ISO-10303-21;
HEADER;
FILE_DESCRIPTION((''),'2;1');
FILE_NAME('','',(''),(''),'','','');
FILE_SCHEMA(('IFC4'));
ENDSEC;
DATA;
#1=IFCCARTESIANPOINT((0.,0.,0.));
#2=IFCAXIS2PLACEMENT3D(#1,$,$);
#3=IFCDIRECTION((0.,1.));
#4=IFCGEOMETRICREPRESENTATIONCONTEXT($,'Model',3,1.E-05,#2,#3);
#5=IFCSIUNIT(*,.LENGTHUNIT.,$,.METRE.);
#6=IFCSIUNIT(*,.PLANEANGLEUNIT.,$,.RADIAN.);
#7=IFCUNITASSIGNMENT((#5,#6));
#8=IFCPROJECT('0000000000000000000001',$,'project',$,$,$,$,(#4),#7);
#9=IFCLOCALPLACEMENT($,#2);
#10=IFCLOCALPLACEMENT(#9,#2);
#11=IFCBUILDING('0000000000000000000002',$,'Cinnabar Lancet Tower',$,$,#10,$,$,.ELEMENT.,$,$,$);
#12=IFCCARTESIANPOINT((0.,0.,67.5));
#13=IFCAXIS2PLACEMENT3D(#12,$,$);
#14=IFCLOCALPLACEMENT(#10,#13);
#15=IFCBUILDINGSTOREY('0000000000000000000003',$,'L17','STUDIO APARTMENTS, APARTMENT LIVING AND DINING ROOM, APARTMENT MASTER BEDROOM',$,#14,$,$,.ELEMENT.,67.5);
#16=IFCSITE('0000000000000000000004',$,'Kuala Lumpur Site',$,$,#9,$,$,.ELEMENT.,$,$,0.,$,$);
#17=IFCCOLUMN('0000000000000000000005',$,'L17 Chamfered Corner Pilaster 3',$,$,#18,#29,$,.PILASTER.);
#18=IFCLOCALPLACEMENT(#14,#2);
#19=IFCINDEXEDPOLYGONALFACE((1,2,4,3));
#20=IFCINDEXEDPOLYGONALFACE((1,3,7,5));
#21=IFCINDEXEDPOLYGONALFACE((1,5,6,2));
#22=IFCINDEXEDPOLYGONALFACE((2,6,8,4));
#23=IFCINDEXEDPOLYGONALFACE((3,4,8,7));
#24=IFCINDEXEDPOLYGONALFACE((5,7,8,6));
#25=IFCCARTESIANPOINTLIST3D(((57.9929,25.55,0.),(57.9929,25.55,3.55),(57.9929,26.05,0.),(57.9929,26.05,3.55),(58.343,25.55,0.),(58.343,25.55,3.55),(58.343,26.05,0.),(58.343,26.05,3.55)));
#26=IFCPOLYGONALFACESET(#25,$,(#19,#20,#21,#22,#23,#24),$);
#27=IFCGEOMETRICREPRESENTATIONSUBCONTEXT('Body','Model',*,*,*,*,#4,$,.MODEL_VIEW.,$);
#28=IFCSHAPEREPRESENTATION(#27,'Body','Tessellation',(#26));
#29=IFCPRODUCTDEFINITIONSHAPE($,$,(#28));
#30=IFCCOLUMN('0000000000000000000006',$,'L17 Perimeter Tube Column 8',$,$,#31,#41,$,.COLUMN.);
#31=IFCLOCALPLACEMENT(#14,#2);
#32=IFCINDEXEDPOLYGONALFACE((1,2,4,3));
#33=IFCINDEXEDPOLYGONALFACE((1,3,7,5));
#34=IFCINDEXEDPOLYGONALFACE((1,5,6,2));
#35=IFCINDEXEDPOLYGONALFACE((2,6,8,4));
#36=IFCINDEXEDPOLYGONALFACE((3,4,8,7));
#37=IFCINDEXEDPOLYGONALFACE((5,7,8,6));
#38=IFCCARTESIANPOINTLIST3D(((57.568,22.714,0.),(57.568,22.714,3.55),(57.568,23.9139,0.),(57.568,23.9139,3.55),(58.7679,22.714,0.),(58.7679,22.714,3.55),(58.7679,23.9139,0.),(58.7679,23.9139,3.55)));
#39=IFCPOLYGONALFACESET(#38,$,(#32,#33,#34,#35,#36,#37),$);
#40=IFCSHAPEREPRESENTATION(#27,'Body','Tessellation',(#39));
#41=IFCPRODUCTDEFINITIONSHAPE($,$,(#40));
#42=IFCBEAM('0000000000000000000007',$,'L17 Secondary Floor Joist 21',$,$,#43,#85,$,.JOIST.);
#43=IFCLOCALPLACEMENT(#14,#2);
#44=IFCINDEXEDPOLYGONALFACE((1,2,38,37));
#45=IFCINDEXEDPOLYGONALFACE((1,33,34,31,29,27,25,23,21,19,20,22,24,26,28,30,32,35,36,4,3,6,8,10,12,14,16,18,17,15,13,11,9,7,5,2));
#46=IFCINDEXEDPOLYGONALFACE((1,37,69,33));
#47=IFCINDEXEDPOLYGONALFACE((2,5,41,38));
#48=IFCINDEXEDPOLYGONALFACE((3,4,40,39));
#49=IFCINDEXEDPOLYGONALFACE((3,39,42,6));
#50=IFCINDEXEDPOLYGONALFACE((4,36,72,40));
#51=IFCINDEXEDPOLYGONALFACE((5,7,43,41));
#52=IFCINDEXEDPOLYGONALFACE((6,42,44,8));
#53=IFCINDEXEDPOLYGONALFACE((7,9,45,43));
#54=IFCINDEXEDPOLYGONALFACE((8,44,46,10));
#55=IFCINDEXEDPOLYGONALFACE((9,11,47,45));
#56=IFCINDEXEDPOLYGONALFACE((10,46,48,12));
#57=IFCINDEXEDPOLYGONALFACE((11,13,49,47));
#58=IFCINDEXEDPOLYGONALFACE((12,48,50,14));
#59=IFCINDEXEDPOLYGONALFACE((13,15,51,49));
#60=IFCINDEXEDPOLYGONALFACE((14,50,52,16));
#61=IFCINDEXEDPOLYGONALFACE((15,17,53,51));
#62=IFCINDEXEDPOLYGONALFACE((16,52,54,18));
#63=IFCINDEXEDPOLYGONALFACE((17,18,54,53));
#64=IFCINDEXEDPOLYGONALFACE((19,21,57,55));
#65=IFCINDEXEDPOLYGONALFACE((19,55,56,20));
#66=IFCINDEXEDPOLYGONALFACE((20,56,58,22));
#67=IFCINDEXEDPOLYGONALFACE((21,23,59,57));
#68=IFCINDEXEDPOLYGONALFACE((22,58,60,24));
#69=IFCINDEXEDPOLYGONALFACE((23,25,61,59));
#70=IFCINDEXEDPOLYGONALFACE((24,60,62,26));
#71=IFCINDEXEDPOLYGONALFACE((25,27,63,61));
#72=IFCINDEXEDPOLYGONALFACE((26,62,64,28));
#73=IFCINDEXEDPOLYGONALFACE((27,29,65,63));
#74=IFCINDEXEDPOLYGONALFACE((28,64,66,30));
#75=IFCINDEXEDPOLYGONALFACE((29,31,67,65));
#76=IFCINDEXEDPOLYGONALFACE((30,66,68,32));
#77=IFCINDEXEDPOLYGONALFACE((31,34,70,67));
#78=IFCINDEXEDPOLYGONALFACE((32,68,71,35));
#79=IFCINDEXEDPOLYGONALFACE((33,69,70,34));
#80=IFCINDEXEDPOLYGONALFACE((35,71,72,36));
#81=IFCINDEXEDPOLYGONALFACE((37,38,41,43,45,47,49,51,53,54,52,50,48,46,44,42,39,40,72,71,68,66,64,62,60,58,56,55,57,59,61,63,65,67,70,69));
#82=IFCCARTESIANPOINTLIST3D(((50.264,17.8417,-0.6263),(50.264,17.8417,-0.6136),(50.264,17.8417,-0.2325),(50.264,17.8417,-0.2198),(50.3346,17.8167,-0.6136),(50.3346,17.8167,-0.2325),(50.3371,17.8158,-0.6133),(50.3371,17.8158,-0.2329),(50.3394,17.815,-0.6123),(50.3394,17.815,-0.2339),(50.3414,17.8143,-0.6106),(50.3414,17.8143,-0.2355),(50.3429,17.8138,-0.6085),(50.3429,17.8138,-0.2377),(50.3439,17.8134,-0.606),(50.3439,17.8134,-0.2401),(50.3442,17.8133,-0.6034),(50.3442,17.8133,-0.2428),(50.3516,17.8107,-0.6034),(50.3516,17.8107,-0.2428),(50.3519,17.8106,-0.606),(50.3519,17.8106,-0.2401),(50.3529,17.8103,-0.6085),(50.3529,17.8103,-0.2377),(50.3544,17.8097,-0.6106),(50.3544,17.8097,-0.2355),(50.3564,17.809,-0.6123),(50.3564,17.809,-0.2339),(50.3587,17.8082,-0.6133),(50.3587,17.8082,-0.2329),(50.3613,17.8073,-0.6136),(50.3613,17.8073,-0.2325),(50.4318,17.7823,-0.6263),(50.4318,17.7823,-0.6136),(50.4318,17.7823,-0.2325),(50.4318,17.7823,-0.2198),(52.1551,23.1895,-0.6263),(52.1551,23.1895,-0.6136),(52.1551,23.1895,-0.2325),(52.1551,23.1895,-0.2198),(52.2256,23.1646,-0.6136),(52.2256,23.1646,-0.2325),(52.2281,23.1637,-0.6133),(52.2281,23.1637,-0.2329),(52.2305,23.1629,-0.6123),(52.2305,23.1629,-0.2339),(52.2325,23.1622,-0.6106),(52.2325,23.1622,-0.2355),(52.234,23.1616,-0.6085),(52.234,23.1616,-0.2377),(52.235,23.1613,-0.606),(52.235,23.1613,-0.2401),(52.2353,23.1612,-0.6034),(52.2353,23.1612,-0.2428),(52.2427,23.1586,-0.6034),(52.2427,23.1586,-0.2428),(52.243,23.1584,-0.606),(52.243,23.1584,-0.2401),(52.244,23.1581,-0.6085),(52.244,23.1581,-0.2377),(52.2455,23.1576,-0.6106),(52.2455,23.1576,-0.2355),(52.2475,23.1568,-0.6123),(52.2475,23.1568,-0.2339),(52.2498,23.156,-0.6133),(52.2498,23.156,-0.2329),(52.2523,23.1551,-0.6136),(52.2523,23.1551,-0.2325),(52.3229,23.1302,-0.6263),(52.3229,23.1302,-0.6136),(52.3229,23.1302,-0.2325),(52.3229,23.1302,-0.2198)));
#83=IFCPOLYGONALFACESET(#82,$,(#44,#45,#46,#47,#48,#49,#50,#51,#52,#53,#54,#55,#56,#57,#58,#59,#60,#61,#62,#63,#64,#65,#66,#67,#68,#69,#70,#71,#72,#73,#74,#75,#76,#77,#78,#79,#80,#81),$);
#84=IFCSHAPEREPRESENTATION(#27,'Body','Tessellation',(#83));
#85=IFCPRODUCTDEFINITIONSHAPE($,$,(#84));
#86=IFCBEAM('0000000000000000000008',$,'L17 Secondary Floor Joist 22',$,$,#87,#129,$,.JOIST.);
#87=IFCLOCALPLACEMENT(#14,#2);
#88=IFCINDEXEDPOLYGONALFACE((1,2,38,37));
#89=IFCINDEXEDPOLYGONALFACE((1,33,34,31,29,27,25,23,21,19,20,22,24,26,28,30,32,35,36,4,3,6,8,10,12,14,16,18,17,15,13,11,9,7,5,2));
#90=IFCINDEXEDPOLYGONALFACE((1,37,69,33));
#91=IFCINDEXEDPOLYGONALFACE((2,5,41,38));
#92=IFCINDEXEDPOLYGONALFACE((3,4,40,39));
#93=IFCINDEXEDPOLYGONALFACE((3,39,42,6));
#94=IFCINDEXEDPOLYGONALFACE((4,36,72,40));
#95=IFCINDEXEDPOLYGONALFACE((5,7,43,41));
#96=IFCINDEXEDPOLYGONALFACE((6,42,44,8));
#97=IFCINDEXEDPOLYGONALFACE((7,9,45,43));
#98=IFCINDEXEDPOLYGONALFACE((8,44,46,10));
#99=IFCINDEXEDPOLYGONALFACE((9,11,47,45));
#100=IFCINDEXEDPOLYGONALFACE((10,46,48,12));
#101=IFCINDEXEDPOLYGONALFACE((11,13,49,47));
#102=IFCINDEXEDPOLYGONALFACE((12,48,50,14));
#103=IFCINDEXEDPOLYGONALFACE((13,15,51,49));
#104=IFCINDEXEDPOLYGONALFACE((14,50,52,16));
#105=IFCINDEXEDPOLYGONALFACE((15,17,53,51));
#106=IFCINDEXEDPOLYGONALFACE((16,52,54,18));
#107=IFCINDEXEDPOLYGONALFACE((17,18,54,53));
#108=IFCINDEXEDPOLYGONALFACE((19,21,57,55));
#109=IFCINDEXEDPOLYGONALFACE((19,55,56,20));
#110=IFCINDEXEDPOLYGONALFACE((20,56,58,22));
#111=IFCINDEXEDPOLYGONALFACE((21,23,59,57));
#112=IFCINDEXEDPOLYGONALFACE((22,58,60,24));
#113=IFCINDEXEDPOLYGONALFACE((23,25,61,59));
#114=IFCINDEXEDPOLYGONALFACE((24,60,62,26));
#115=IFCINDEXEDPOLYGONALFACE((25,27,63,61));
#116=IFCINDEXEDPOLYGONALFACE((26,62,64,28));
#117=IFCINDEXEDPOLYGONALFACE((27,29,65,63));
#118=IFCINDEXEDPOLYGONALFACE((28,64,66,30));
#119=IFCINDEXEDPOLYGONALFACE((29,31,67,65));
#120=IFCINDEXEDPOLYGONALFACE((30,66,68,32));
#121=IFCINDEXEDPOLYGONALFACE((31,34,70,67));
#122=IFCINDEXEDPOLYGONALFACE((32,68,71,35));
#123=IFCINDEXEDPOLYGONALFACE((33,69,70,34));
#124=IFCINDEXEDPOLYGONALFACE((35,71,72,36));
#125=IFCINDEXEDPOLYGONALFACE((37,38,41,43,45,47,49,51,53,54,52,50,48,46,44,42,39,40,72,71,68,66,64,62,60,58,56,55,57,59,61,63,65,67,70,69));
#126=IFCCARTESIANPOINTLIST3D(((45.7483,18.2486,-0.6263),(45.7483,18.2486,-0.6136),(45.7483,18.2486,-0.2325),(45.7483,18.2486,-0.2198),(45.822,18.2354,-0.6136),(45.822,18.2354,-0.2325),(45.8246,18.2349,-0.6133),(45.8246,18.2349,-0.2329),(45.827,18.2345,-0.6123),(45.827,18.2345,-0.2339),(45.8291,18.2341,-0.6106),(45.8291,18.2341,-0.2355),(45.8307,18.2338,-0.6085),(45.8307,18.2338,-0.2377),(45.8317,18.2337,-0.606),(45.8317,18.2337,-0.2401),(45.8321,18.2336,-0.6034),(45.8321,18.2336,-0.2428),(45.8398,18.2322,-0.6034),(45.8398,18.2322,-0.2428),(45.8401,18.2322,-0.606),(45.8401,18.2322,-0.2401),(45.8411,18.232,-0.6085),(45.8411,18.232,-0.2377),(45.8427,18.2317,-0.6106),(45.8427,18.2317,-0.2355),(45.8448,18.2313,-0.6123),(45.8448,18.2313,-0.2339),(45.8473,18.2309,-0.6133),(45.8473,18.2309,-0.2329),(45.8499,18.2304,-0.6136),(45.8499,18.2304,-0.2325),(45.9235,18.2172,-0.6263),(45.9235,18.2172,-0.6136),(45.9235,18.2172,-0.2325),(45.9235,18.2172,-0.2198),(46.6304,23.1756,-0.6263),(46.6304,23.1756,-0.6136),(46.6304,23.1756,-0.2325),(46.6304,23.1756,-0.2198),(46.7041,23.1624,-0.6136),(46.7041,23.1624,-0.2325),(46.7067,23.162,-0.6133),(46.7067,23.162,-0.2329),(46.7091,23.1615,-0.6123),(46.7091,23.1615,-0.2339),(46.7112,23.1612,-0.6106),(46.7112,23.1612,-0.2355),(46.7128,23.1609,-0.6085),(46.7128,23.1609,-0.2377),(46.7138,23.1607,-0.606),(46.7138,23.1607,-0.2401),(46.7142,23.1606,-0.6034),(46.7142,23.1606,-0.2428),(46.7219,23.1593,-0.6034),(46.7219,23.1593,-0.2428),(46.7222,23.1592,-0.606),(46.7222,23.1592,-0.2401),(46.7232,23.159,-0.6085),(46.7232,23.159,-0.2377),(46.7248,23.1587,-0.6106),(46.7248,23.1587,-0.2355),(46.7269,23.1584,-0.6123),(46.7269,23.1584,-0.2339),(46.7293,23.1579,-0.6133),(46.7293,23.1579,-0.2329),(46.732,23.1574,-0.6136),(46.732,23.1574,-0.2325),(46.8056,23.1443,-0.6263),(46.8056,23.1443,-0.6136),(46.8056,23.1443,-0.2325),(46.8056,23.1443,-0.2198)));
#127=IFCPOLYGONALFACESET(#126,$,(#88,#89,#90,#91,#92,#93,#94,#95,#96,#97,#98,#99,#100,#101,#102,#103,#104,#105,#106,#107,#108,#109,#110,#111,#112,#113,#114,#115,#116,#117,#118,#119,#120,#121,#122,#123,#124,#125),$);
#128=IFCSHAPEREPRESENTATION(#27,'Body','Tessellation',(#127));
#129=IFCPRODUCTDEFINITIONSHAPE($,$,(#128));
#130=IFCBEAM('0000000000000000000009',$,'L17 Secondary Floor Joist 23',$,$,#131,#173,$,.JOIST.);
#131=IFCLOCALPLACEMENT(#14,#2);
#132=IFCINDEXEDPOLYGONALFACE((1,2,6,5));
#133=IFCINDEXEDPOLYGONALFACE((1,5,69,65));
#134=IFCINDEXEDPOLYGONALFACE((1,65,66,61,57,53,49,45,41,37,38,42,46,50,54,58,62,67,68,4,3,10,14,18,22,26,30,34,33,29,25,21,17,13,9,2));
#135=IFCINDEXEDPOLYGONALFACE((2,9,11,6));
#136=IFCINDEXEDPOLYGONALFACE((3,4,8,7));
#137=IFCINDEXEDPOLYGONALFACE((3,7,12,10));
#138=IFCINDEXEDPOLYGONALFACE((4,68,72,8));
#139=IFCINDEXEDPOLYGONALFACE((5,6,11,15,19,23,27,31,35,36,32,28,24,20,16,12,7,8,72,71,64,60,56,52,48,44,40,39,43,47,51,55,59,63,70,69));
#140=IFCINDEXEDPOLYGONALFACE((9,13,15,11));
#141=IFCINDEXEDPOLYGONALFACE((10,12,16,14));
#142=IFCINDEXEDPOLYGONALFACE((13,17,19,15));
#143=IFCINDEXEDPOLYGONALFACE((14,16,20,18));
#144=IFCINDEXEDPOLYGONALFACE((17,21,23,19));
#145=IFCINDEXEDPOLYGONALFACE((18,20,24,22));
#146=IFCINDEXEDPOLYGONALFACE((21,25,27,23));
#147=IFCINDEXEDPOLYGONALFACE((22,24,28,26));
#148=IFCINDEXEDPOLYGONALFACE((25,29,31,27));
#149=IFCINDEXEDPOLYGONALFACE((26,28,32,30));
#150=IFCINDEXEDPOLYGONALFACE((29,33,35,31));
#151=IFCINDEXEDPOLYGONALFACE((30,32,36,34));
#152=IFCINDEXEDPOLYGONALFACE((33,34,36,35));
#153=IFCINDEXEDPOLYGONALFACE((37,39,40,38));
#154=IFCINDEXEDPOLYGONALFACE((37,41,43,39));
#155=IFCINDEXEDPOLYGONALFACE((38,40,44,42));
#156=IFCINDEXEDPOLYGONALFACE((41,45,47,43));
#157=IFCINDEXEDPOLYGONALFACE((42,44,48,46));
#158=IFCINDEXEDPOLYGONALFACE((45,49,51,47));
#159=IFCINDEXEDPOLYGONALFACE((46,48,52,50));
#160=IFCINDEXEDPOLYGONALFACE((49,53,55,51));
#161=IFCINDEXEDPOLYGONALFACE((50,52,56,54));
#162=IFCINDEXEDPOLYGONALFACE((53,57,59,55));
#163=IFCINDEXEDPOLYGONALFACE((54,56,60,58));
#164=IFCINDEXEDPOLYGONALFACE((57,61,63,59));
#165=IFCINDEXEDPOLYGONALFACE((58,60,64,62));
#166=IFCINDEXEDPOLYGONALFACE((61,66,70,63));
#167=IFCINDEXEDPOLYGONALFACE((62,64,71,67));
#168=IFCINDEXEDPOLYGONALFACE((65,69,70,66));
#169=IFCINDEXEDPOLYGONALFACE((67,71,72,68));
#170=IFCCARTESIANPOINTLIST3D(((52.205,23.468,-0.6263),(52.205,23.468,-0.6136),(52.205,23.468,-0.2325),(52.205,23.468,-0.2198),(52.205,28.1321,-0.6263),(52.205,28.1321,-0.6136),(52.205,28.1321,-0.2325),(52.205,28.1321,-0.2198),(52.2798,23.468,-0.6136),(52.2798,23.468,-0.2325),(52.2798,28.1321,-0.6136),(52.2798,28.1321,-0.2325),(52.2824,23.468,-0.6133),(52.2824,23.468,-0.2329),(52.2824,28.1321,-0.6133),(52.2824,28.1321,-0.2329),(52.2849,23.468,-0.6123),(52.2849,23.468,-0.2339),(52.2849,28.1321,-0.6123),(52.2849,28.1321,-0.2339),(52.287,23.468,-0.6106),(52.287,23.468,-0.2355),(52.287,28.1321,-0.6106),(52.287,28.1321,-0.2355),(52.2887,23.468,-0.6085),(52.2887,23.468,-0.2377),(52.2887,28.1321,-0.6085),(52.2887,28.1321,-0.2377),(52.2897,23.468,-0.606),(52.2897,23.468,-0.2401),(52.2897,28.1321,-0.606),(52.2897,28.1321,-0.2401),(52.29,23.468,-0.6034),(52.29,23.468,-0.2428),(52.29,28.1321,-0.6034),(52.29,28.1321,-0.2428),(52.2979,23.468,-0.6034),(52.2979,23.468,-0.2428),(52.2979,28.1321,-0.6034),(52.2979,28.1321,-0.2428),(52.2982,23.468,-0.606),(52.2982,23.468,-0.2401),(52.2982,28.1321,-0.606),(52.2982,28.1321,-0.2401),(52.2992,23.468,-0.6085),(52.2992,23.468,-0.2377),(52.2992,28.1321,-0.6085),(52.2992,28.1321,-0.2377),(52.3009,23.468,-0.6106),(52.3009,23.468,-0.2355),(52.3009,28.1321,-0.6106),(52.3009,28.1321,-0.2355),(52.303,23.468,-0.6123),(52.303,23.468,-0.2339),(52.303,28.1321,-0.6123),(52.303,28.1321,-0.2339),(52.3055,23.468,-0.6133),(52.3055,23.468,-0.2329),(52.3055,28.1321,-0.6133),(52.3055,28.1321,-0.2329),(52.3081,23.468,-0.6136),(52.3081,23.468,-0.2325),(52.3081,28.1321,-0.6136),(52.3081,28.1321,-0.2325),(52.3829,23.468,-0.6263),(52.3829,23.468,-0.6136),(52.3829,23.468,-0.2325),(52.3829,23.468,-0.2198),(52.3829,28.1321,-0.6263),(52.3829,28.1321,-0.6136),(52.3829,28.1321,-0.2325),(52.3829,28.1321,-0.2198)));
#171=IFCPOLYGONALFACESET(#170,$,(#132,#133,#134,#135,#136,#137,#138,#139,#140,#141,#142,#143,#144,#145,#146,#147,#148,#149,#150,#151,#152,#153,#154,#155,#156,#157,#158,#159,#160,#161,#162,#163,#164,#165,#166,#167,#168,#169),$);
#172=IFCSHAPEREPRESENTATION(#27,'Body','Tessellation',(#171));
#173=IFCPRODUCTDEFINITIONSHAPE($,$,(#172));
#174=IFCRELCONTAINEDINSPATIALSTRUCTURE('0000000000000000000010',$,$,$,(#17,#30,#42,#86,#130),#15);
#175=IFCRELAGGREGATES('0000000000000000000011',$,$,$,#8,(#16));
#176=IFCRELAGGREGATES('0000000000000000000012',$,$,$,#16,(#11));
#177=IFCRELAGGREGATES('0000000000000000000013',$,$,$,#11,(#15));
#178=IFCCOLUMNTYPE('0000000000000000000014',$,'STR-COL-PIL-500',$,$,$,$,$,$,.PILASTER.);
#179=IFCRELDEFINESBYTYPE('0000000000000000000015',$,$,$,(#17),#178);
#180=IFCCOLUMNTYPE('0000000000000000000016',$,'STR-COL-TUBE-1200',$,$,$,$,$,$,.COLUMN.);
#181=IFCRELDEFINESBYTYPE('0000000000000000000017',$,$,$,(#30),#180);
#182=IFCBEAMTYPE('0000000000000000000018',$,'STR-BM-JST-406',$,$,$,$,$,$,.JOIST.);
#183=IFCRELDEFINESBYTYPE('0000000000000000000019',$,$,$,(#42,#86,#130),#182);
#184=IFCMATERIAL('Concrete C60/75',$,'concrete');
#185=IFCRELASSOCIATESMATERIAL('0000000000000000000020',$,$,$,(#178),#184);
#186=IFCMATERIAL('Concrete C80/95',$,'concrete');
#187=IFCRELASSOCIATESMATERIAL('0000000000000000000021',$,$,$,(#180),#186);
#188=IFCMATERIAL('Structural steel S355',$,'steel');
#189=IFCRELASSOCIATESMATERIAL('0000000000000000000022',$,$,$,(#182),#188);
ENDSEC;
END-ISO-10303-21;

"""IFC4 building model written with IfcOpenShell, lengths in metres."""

from ifc_helpers import new_model, si_unit, direction, frame, origin, origin_2d, place, context, subcontext, project, spatial, rectangle, i_section, extrude, material, material_profile, profile_set, type_object, element, save


model = new_model("IFC4")

# Units and contexts
model_context = context("Model", 3, precision=1e-05, world=origin(), true_north=direction((0.0, 1.0)))
body_context = subcontext(model_context, "Body", "Model", "MODEL_VIEW")
ifc_project = project(units=[si_unit("LENGTHUNIT", "METRE"), si_unit("PLANEANGLEUNIT", "RADIAN")], contexts=[model_context])

# Site, building, storey
site_placement = place(None, origin())
site = spatial("IfcSite", under=ifc_project, at=site_placement, Name="Kuala Lumpur Site", CompositionType="ELEMENT", RefElevation=0.0)
building_placement = place(site_placement, origin())
building = spatial("IfcBuilding", under=site, at=building_placement, Name="Cinnabar Lancet Tower", CompositionType="ELEMENT")
storey_placement = place(building_placement, frame((0.0, 0.0, 67.5)))
storey = spatial("IfcBuildingStorey", under=building, at=storey_placement, Name="L17", Description="STUDIO APARTMENTS, APARTMENT LIVING AND DINING ROOM, APARTMENT MASTER BEDROOM", CompositionType="ELEMENT", Elevation=67.5)

# Columns
ifc_material_1 = material(Name="Concrete C60/75", Category="concrete")
ifc_material_profile_1 = material_profile(ifc_material_1, rectangle(XDim=0.5, YDim=0.3501, at=origin_2d()), Name="RC-PIL 500x350")
ifc_profile_set_1 = profile_set([ifc_material_profile_1], Name="Concrete C60/75")
column_type_1 = type_object("IfcColumnType", Name="STR-COL-PIL-500", PredefinedType="PILASTER", material=ifc_profile_set_1)
column_1_placement = place(storey_placement, frame((58.168, 25.8, 0.0), z_axis=(0.0, 0.0, 1.0), x_axis=(0.0, 1.0, 0.0)))
element("IfcColumn", 1, at=column_1_placement, inside=storey, type_object=column_type_1, Name="L17 Chamfered Corner Pilaster 3", PredefinedType="PILASTER", context=body_context, shape_type="SweptSolid", body=[
    extrude(rectangle(XDim=0.5, YDim=0.3501, at=origin_2d()), origin(), (0.0, 0.0, 1.0), 3.55),
])
ifc_material_2 = material(Name="Concrete C80/95", Category="concrete")
ifc_material_profile_2 = material_profile(ifc_material_2, rectangle(XDim=1.2, YDim=1.2, at=origin_2d()), Name="RC-COL 1200x1200")
ifc_profile_set_2 = profile_set([ifc_material_profile_2], Name="Concrete C80/95")
column_type_2 = type_object("IfcColumnType", Name="STR-COL-TUBE-1200", PredefinedType="COLUMN", material=ifc_profile_set_2)
column_2_placement = place(storey_placement, frame((58.168, 23.314, 0.0), z_axis=(0.0, 0.0, 1.0), x_axis=(1.0, 0.0, 0.0)))
element("IfcColumn", 2, at=column_2_placement, inside=storey, type_object=column_type_2, Name="L17 Perimeter Tube Column 8", PredefinedType="COLUMN", context=body_context, shape_type="SweptSolid", body=[
    extrude(rectangle(XDim=1.2, YDim=1.2, at=origin_2d()), origin(), (0.0, 0.0, 1.0), 3.55),
])

# Beams
ifc_material_3 = material(Name="Structural steel S355", Category="steel")
ifc_material_profile_3 = material_profile(ifc_material_3, i_section(OverallWidth=0.178, OverallDepth=0.4065, WebThickness=0.0078, FlangeThickness=0.0127, FilletRadius=0.0103, at=origin_2d()), Name="UKB 406x178x60")
ifc_profile_set_3 = profile_set([ifc_material_profile_3], Name="Structural steel S355")
beam_type_1 = type_object("IfcBeamType", Name="STR-BM-JST-406", PredefinedType="JOIST", material=ifc_profile_set_3)
beam_1_placement = place(storey_placement, frame((50.3479, 17.812, -0.4231), z_axis=(0.333387, 0.94279, 0.0), x_axis=(-0.94279, 0.333387, 0.0)))
element("IfcBeam", 3, at=beam_1_placement, inside=storey, type_object=beam_type_1, Name="L17 Secondary Floor Joist 21", PredefinedType="JOIST", context=body_context, shape_type="SweptSolid", body=[
    extrude(i_section(OverallWidth=0.178, OverallDepth=0.4065, WebThickness=0.0078, FlangeThickness=0.0127, FilletRadius=0.0103, at=origin_2d()), origin(), (0.0, 0.0, 1.0), 5.6724),
])
beam_2_placement = place(storey_placement, frame((45.8359, 18.2329, -0.4231), z_axis=(0.176228, 0.984349, 0.0), x_axis=(-0.984349, 0.176228, 0.0)))
element("IfcBeam", 4, at=beam_2_placement, inside=storey, type_object=beam_type_1, Name="L17 Secondary Floor Joist 22", PredefinedType="JOIST", context=body_context, shape_type="SweptSolid", body=[
    extrude(i_section(OverallWidth=0.178, OverallDepth=0.4065, WebThickness=0.0078, FlangeThickness=0.0127, FilletRadius=0.0103, at=origin_2d()), origin(), (0.0, 0.0, 1.0), 5.0054),
])
for number, where, z_axis, x_axis, name in (
    (5, (52.2939, 23.468, -0.4231), (0.0, 1.0, 0.0), (-1.0, 0.0, 0.0), "L17 Secondary Floor Joist 23"),
):
    element("IfcBeam", number, at=place(storey_placement, frame(where, z_axis=z_axis, x_axis=x_axis)), inside=storey, type_object=beam_type_1, Name=name, PredefinedType="JOIST", context=body_context, shape_type="SweptSolid", body=[
        extrude(i_section(OverallWidth=0.178, OverallDepth=0.4065, WebThickness=0.0078, FlangeThickness=0.0127, FilletRadius=0.0103, at=origin_2d()), origin(), (0.0, 0.0, 1.0), 4.6641),
    ])

save(model, "model.ifc")
